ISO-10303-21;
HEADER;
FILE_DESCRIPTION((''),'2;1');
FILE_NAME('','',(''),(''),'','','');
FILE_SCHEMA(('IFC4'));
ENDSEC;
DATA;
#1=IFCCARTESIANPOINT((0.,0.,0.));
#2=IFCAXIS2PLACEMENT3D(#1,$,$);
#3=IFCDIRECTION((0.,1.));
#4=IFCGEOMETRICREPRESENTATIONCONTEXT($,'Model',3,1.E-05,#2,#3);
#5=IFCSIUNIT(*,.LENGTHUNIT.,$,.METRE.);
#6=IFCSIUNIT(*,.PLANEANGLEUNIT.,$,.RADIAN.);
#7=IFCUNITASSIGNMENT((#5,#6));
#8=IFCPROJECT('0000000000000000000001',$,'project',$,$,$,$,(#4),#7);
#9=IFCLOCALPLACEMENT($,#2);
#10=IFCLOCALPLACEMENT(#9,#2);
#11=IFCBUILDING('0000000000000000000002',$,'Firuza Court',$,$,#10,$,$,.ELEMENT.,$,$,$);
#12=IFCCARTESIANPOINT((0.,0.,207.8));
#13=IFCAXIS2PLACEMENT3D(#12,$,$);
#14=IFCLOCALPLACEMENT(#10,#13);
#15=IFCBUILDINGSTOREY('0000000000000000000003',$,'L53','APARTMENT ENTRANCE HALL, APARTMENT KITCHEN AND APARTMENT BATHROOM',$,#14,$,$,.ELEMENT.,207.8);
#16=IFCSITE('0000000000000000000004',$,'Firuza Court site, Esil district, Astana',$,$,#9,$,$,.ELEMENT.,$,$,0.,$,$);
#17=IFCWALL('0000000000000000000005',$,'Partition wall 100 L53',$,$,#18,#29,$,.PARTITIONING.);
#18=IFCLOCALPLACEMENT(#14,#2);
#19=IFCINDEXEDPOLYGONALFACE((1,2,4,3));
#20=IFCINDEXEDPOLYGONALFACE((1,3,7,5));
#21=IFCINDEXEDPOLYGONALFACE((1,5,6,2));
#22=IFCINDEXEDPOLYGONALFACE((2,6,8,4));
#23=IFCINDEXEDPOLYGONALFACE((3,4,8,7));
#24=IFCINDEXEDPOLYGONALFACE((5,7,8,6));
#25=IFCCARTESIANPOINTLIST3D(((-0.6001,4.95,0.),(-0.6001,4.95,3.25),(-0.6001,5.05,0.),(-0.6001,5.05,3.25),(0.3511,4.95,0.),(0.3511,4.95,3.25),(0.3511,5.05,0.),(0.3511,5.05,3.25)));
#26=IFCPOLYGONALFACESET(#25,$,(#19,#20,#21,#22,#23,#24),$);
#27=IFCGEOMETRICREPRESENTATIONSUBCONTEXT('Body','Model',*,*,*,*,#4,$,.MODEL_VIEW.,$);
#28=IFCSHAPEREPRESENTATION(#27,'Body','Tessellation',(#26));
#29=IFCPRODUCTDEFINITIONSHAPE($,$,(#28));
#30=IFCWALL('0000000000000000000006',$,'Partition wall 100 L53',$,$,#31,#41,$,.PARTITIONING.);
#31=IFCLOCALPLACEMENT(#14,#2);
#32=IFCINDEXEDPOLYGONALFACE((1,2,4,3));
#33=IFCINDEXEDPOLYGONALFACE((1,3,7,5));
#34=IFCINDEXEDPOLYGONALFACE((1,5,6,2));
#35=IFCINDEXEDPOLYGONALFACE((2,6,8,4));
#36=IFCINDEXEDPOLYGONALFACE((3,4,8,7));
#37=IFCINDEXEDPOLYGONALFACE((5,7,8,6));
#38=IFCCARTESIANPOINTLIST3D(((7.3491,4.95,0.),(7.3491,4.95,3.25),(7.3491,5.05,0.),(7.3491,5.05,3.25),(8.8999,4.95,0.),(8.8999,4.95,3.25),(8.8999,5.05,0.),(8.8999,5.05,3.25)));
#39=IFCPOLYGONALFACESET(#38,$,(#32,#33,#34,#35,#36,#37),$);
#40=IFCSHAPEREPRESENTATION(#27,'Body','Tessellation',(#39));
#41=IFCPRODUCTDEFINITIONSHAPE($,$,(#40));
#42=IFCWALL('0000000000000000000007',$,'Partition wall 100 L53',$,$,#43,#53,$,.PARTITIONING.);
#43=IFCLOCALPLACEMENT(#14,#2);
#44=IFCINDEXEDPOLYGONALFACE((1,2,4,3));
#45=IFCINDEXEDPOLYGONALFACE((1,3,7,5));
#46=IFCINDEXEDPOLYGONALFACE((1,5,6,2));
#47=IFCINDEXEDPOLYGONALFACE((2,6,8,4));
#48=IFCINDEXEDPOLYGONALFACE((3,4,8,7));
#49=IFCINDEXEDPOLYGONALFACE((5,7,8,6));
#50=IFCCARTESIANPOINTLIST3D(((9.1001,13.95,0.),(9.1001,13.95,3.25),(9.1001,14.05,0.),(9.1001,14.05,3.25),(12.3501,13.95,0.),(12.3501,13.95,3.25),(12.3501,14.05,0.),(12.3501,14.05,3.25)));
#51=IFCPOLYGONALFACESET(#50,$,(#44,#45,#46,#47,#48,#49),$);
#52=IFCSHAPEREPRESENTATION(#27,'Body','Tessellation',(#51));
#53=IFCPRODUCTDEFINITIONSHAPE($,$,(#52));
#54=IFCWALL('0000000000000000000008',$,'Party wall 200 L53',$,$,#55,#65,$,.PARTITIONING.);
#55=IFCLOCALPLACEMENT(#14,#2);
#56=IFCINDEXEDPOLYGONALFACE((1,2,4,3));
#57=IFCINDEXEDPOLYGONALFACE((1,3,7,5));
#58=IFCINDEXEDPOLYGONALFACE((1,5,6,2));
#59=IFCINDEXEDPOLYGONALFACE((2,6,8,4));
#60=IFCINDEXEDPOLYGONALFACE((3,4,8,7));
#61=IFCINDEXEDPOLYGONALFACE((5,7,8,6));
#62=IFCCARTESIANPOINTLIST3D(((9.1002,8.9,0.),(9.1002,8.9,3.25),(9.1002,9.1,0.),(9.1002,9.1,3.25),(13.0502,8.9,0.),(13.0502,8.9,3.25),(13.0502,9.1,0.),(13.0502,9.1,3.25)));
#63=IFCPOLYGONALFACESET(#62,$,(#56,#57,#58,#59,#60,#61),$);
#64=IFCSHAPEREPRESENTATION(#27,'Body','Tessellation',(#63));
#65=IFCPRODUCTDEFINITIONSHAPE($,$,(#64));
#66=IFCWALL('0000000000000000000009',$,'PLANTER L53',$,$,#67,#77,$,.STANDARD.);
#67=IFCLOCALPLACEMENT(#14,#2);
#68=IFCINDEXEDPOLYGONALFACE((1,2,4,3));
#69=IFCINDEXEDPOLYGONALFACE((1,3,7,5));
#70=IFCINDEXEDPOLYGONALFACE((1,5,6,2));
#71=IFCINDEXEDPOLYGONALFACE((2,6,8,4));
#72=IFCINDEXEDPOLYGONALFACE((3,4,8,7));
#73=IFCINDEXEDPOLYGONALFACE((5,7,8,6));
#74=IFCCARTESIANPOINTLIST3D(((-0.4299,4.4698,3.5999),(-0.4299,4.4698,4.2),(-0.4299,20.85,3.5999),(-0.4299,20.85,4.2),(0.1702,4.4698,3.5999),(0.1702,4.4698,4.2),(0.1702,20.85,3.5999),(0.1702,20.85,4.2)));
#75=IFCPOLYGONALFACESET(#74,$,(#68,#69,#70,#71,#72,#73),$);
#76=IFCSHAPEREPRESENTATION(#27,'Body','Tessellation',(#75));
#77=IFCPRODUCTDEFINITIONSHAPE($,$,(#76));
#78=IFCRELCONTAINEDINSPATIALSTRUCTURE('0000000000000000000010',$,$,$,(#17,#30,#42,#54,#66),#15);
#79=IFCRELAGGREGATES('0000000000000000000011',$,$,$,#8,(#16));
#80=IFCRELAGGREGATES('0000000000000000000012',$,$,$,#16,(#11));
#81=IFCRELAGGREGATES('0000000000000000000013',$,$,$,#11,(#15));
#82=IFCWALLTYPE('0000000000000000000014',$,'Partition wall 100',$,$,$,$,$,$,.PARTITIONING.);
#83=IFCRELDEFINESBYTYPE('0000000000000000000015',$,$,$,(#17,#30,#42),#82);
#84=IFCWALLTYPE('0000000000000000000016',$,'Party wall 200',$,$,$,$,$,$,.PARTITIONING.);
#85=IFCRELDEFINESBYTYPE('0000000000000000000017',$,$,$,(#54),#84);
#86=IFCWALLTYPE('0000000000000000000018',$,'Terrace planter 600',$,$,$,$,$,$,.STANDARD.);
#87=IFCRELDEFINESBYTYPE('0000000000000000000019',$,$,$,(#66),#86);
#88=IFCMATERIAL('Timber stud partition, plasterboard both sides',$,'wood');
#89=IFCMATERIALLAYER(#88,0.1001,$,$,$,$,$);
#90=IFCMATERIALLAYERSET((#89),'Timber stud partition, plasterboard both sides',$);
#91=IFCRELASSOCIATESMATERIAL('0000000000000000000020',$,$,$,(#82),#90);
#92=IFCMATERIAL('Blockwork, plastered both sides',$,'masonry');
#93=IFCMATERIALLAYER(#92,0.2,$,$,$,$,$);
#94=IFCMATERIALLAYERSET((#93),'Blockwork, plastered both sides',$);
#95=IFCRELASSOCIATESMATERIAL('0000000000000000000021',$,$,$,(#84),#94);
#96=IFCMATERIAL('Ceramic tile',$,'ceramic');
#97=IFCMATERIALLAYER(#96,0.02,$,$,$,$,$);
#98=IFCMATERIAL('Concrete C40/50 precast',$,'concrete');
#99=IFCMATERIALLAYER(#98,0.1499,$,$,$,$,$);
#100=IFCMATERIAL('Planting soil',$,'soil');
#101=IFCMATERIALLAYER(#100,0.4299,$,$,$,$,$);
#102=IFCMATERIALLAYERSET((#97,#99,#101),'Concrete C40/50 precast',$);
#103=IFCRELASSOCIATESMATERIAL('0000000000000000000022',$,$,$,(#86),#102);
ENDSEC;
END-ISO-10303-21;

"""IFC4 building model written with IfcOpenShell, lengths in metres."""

from ifc_helpers import new_model, si_unit, direction, frame, frame_2d, origin, place, context, subcontext, project, spatial, rectangle, extrude, material, layer, layer_set, type_object, element, save


model = new_model("IFC4")

# Units and contexts
model_context = context("Model", 3, precision=1e-05, world=origin(), true_north=direction((0.0, 1.0)))
body_context = subcontext(model_context, "Body", "Model", "MODEL_VIEW")
ifc_project = project(units=[si_unit("LENGTHUNIT", "METRE"), si_unit("PLANEANGLEUNIT", "RADIAN")], contexts=[model_context])

# Site, building, storey
site_placement = place(None, origin())
site = spatial("IfcSite", under=ifc_project, at=site_placement, Name="Firuza Court site, Esil district, Astana", CompositionType="ELEMENT", RefElevation=0.0)
building_placement = place(site_placement, origin())
building = spatial("IfcBuilding", under=site, at=building_placement, Name="Firuza Court", CompositionType="ELEMENT")
storey_placement = place(building_placement, frame((0.0, 0.0, 207.8)))
storey = spatial("IfcBuildingStorey", under=building, at=storey_placement, Name="L53", Description="APARTMENT ENTRANCE HALL, APARTMENT KITCHEN AND APARTMENT BATHROOM", CompositionType="ELEMENT", Elevation=207.8)

# Shared definitions
ifc_material_1 = material(Name="Blockwork, plastered both sides", Category="masonry")

# Walls
ifc_material_2 = material(Name="Timber stud partition, plasterboard both sides", Category="wood")
ifc_layer_1 = layer(ifc_material_2, 0.1001)
ifc_layer_set_1 = layer_set([ifc_layer_1], Name="Timber stud partition, plasterboard both sides")
wall_type_1 = type_object("IfcWallType", Name="Partition wall 100", PredefinedType="PARTITIONING", material=ifc_layer_set_1)
wall_1_placement = place(storey_placement, frame((-0.6001, 5.0, 0.0), z_axis=(0.0, 0.0, 1.0), x_axis=(1.0, 0.0, 0.0)))
element("IfcWall", 1, at=wall_1_placement, inside=storey, type_object=wall_type_1, Name="Partition wall 100 L53", PredefinedType="PARTITIONING", context=body_context, shape_type="SweptSolid", body=[
    extrude(rectangle(XDim=0.9512, YDim=0.1001, at=frame_2d((0.4756, 0.0))), origin(), (0.0, 0.0, 1.0), 3.25),
])
wall_2_placement = place(storey_placement, frame((7.3491, 5.0, 0.0), z_axis=(0.0, 0.0, 1.0), x_axis=(1.0, 0.0, 0.0)))
element("IfcWall", 2, at=wall_2_placement, inside=storey, type_object=wall_type_1, Name="Partition wall 100 L53", PredefinedType="PARTITIONING", context=body_context, shape_type="SweptSolid", body=[
    extrude(rectangle(XDim=1.5508, YDim=0.1001, at=frame_2d((0.7754, 0.0))), origin(), (0.0, 0.0, 1.0), 3.25),
])
wall_3_placement = place(storey_placement, frame((9.1001, 14.0, 0.0), z_axis=(0.0, 0.0, 1.0), x_axis=(1.0, 0.0, 0.0)))
element("IfcWall", 3, at=wall_3_placement, inside=storey, type_object=wall_type_1, Name="Partition wall 100 L53", PredefinedType="PARTITIONING", context=body_context, shape_type="SweptSolid", body=[
    extrude(rectangle(XDim=3.25, YDim=0.1001, at=frame_2d((1.625, 0.0))), origin(), (0.0, 0.0, 1.0), 3.25),
])
ifc_layer_2 = layer(ifc_material_1, 0.2)
ifc_layer_set_2 = layer_set([ifc_layer_2], Name="Blockwork, plastered both sides")
wall_type_2 = type_object("IfcWallType", Name="Party wall 200", PredefinedType="PARTITIONING", material=ifc_layer_set_2)
wall_4_placement = place(storey_placement, frame((9.1001, 9.0, 0.0), z_axis=(0.0, 0.0, 1.0), x_axis=(1.0, 0.0, 0.0)))
element("IfcWall", 4, at=wall_4_placement, inside=storey, type_object=wall_type_2, Name="Party wall 200 L53", PredefinedType="PARTITIONING", context=body_context, shape_type="SweptSolid", body=[
    extrude(rectangle(XDim=3.95, YDim=0.2, at=frame_2d((1.9751, 0.0))), origin(), (0.0, 0.0, 1.0), 3.25),
])
ifc_material_3 = material(Name="Ceramic tile", Category="ceramic")
ifc_layer_3 = layer(ifc_material_3, 0.02)
ifc_material_4 = material(Name="Concrete C40/50 precast", Category="concrete")
ifc_layer_4 = layer(ifc_material_4, 0.1499)
ifc_material_5 = material(Name="Planting soil", Category="soil")
ifc_layer_5 = layer(ifc_material_5, 0.4299)
ifc_layer_set_3 = layer_set([ifc_layer_3, ifc_layer_4, ifc_layer_5], Name="Concrete C40/50 precast")
wall_type_3 = type_object("IfcWallType", Name="Terrace planter 600", PredefinedType="STANDARD", material=ifc_layer_set_3)
wall_5_placement = place(storey_placement, frame((-0.1299, 4.47, 3.5999), z_axis=(0.0, 0.0, 1.0), x_axis=(0.0, 1.0, 0.0)))
element("IfcWall", 5, at=wall_5_placement, inside=storey, type_object=wall_type_3, Name="PLANTER L53", PredefinedType="STANDARD", context=body_context, shape_type="SweptSolid", body=[
    extrude(rectangle(XDim=16.3801, YDim=0.6001, at=frame_2d((8.1899, 0.0))), origin(), (0.0, 0.0, 1.0), 0.6001),
])

save(model, "model.ifc")
